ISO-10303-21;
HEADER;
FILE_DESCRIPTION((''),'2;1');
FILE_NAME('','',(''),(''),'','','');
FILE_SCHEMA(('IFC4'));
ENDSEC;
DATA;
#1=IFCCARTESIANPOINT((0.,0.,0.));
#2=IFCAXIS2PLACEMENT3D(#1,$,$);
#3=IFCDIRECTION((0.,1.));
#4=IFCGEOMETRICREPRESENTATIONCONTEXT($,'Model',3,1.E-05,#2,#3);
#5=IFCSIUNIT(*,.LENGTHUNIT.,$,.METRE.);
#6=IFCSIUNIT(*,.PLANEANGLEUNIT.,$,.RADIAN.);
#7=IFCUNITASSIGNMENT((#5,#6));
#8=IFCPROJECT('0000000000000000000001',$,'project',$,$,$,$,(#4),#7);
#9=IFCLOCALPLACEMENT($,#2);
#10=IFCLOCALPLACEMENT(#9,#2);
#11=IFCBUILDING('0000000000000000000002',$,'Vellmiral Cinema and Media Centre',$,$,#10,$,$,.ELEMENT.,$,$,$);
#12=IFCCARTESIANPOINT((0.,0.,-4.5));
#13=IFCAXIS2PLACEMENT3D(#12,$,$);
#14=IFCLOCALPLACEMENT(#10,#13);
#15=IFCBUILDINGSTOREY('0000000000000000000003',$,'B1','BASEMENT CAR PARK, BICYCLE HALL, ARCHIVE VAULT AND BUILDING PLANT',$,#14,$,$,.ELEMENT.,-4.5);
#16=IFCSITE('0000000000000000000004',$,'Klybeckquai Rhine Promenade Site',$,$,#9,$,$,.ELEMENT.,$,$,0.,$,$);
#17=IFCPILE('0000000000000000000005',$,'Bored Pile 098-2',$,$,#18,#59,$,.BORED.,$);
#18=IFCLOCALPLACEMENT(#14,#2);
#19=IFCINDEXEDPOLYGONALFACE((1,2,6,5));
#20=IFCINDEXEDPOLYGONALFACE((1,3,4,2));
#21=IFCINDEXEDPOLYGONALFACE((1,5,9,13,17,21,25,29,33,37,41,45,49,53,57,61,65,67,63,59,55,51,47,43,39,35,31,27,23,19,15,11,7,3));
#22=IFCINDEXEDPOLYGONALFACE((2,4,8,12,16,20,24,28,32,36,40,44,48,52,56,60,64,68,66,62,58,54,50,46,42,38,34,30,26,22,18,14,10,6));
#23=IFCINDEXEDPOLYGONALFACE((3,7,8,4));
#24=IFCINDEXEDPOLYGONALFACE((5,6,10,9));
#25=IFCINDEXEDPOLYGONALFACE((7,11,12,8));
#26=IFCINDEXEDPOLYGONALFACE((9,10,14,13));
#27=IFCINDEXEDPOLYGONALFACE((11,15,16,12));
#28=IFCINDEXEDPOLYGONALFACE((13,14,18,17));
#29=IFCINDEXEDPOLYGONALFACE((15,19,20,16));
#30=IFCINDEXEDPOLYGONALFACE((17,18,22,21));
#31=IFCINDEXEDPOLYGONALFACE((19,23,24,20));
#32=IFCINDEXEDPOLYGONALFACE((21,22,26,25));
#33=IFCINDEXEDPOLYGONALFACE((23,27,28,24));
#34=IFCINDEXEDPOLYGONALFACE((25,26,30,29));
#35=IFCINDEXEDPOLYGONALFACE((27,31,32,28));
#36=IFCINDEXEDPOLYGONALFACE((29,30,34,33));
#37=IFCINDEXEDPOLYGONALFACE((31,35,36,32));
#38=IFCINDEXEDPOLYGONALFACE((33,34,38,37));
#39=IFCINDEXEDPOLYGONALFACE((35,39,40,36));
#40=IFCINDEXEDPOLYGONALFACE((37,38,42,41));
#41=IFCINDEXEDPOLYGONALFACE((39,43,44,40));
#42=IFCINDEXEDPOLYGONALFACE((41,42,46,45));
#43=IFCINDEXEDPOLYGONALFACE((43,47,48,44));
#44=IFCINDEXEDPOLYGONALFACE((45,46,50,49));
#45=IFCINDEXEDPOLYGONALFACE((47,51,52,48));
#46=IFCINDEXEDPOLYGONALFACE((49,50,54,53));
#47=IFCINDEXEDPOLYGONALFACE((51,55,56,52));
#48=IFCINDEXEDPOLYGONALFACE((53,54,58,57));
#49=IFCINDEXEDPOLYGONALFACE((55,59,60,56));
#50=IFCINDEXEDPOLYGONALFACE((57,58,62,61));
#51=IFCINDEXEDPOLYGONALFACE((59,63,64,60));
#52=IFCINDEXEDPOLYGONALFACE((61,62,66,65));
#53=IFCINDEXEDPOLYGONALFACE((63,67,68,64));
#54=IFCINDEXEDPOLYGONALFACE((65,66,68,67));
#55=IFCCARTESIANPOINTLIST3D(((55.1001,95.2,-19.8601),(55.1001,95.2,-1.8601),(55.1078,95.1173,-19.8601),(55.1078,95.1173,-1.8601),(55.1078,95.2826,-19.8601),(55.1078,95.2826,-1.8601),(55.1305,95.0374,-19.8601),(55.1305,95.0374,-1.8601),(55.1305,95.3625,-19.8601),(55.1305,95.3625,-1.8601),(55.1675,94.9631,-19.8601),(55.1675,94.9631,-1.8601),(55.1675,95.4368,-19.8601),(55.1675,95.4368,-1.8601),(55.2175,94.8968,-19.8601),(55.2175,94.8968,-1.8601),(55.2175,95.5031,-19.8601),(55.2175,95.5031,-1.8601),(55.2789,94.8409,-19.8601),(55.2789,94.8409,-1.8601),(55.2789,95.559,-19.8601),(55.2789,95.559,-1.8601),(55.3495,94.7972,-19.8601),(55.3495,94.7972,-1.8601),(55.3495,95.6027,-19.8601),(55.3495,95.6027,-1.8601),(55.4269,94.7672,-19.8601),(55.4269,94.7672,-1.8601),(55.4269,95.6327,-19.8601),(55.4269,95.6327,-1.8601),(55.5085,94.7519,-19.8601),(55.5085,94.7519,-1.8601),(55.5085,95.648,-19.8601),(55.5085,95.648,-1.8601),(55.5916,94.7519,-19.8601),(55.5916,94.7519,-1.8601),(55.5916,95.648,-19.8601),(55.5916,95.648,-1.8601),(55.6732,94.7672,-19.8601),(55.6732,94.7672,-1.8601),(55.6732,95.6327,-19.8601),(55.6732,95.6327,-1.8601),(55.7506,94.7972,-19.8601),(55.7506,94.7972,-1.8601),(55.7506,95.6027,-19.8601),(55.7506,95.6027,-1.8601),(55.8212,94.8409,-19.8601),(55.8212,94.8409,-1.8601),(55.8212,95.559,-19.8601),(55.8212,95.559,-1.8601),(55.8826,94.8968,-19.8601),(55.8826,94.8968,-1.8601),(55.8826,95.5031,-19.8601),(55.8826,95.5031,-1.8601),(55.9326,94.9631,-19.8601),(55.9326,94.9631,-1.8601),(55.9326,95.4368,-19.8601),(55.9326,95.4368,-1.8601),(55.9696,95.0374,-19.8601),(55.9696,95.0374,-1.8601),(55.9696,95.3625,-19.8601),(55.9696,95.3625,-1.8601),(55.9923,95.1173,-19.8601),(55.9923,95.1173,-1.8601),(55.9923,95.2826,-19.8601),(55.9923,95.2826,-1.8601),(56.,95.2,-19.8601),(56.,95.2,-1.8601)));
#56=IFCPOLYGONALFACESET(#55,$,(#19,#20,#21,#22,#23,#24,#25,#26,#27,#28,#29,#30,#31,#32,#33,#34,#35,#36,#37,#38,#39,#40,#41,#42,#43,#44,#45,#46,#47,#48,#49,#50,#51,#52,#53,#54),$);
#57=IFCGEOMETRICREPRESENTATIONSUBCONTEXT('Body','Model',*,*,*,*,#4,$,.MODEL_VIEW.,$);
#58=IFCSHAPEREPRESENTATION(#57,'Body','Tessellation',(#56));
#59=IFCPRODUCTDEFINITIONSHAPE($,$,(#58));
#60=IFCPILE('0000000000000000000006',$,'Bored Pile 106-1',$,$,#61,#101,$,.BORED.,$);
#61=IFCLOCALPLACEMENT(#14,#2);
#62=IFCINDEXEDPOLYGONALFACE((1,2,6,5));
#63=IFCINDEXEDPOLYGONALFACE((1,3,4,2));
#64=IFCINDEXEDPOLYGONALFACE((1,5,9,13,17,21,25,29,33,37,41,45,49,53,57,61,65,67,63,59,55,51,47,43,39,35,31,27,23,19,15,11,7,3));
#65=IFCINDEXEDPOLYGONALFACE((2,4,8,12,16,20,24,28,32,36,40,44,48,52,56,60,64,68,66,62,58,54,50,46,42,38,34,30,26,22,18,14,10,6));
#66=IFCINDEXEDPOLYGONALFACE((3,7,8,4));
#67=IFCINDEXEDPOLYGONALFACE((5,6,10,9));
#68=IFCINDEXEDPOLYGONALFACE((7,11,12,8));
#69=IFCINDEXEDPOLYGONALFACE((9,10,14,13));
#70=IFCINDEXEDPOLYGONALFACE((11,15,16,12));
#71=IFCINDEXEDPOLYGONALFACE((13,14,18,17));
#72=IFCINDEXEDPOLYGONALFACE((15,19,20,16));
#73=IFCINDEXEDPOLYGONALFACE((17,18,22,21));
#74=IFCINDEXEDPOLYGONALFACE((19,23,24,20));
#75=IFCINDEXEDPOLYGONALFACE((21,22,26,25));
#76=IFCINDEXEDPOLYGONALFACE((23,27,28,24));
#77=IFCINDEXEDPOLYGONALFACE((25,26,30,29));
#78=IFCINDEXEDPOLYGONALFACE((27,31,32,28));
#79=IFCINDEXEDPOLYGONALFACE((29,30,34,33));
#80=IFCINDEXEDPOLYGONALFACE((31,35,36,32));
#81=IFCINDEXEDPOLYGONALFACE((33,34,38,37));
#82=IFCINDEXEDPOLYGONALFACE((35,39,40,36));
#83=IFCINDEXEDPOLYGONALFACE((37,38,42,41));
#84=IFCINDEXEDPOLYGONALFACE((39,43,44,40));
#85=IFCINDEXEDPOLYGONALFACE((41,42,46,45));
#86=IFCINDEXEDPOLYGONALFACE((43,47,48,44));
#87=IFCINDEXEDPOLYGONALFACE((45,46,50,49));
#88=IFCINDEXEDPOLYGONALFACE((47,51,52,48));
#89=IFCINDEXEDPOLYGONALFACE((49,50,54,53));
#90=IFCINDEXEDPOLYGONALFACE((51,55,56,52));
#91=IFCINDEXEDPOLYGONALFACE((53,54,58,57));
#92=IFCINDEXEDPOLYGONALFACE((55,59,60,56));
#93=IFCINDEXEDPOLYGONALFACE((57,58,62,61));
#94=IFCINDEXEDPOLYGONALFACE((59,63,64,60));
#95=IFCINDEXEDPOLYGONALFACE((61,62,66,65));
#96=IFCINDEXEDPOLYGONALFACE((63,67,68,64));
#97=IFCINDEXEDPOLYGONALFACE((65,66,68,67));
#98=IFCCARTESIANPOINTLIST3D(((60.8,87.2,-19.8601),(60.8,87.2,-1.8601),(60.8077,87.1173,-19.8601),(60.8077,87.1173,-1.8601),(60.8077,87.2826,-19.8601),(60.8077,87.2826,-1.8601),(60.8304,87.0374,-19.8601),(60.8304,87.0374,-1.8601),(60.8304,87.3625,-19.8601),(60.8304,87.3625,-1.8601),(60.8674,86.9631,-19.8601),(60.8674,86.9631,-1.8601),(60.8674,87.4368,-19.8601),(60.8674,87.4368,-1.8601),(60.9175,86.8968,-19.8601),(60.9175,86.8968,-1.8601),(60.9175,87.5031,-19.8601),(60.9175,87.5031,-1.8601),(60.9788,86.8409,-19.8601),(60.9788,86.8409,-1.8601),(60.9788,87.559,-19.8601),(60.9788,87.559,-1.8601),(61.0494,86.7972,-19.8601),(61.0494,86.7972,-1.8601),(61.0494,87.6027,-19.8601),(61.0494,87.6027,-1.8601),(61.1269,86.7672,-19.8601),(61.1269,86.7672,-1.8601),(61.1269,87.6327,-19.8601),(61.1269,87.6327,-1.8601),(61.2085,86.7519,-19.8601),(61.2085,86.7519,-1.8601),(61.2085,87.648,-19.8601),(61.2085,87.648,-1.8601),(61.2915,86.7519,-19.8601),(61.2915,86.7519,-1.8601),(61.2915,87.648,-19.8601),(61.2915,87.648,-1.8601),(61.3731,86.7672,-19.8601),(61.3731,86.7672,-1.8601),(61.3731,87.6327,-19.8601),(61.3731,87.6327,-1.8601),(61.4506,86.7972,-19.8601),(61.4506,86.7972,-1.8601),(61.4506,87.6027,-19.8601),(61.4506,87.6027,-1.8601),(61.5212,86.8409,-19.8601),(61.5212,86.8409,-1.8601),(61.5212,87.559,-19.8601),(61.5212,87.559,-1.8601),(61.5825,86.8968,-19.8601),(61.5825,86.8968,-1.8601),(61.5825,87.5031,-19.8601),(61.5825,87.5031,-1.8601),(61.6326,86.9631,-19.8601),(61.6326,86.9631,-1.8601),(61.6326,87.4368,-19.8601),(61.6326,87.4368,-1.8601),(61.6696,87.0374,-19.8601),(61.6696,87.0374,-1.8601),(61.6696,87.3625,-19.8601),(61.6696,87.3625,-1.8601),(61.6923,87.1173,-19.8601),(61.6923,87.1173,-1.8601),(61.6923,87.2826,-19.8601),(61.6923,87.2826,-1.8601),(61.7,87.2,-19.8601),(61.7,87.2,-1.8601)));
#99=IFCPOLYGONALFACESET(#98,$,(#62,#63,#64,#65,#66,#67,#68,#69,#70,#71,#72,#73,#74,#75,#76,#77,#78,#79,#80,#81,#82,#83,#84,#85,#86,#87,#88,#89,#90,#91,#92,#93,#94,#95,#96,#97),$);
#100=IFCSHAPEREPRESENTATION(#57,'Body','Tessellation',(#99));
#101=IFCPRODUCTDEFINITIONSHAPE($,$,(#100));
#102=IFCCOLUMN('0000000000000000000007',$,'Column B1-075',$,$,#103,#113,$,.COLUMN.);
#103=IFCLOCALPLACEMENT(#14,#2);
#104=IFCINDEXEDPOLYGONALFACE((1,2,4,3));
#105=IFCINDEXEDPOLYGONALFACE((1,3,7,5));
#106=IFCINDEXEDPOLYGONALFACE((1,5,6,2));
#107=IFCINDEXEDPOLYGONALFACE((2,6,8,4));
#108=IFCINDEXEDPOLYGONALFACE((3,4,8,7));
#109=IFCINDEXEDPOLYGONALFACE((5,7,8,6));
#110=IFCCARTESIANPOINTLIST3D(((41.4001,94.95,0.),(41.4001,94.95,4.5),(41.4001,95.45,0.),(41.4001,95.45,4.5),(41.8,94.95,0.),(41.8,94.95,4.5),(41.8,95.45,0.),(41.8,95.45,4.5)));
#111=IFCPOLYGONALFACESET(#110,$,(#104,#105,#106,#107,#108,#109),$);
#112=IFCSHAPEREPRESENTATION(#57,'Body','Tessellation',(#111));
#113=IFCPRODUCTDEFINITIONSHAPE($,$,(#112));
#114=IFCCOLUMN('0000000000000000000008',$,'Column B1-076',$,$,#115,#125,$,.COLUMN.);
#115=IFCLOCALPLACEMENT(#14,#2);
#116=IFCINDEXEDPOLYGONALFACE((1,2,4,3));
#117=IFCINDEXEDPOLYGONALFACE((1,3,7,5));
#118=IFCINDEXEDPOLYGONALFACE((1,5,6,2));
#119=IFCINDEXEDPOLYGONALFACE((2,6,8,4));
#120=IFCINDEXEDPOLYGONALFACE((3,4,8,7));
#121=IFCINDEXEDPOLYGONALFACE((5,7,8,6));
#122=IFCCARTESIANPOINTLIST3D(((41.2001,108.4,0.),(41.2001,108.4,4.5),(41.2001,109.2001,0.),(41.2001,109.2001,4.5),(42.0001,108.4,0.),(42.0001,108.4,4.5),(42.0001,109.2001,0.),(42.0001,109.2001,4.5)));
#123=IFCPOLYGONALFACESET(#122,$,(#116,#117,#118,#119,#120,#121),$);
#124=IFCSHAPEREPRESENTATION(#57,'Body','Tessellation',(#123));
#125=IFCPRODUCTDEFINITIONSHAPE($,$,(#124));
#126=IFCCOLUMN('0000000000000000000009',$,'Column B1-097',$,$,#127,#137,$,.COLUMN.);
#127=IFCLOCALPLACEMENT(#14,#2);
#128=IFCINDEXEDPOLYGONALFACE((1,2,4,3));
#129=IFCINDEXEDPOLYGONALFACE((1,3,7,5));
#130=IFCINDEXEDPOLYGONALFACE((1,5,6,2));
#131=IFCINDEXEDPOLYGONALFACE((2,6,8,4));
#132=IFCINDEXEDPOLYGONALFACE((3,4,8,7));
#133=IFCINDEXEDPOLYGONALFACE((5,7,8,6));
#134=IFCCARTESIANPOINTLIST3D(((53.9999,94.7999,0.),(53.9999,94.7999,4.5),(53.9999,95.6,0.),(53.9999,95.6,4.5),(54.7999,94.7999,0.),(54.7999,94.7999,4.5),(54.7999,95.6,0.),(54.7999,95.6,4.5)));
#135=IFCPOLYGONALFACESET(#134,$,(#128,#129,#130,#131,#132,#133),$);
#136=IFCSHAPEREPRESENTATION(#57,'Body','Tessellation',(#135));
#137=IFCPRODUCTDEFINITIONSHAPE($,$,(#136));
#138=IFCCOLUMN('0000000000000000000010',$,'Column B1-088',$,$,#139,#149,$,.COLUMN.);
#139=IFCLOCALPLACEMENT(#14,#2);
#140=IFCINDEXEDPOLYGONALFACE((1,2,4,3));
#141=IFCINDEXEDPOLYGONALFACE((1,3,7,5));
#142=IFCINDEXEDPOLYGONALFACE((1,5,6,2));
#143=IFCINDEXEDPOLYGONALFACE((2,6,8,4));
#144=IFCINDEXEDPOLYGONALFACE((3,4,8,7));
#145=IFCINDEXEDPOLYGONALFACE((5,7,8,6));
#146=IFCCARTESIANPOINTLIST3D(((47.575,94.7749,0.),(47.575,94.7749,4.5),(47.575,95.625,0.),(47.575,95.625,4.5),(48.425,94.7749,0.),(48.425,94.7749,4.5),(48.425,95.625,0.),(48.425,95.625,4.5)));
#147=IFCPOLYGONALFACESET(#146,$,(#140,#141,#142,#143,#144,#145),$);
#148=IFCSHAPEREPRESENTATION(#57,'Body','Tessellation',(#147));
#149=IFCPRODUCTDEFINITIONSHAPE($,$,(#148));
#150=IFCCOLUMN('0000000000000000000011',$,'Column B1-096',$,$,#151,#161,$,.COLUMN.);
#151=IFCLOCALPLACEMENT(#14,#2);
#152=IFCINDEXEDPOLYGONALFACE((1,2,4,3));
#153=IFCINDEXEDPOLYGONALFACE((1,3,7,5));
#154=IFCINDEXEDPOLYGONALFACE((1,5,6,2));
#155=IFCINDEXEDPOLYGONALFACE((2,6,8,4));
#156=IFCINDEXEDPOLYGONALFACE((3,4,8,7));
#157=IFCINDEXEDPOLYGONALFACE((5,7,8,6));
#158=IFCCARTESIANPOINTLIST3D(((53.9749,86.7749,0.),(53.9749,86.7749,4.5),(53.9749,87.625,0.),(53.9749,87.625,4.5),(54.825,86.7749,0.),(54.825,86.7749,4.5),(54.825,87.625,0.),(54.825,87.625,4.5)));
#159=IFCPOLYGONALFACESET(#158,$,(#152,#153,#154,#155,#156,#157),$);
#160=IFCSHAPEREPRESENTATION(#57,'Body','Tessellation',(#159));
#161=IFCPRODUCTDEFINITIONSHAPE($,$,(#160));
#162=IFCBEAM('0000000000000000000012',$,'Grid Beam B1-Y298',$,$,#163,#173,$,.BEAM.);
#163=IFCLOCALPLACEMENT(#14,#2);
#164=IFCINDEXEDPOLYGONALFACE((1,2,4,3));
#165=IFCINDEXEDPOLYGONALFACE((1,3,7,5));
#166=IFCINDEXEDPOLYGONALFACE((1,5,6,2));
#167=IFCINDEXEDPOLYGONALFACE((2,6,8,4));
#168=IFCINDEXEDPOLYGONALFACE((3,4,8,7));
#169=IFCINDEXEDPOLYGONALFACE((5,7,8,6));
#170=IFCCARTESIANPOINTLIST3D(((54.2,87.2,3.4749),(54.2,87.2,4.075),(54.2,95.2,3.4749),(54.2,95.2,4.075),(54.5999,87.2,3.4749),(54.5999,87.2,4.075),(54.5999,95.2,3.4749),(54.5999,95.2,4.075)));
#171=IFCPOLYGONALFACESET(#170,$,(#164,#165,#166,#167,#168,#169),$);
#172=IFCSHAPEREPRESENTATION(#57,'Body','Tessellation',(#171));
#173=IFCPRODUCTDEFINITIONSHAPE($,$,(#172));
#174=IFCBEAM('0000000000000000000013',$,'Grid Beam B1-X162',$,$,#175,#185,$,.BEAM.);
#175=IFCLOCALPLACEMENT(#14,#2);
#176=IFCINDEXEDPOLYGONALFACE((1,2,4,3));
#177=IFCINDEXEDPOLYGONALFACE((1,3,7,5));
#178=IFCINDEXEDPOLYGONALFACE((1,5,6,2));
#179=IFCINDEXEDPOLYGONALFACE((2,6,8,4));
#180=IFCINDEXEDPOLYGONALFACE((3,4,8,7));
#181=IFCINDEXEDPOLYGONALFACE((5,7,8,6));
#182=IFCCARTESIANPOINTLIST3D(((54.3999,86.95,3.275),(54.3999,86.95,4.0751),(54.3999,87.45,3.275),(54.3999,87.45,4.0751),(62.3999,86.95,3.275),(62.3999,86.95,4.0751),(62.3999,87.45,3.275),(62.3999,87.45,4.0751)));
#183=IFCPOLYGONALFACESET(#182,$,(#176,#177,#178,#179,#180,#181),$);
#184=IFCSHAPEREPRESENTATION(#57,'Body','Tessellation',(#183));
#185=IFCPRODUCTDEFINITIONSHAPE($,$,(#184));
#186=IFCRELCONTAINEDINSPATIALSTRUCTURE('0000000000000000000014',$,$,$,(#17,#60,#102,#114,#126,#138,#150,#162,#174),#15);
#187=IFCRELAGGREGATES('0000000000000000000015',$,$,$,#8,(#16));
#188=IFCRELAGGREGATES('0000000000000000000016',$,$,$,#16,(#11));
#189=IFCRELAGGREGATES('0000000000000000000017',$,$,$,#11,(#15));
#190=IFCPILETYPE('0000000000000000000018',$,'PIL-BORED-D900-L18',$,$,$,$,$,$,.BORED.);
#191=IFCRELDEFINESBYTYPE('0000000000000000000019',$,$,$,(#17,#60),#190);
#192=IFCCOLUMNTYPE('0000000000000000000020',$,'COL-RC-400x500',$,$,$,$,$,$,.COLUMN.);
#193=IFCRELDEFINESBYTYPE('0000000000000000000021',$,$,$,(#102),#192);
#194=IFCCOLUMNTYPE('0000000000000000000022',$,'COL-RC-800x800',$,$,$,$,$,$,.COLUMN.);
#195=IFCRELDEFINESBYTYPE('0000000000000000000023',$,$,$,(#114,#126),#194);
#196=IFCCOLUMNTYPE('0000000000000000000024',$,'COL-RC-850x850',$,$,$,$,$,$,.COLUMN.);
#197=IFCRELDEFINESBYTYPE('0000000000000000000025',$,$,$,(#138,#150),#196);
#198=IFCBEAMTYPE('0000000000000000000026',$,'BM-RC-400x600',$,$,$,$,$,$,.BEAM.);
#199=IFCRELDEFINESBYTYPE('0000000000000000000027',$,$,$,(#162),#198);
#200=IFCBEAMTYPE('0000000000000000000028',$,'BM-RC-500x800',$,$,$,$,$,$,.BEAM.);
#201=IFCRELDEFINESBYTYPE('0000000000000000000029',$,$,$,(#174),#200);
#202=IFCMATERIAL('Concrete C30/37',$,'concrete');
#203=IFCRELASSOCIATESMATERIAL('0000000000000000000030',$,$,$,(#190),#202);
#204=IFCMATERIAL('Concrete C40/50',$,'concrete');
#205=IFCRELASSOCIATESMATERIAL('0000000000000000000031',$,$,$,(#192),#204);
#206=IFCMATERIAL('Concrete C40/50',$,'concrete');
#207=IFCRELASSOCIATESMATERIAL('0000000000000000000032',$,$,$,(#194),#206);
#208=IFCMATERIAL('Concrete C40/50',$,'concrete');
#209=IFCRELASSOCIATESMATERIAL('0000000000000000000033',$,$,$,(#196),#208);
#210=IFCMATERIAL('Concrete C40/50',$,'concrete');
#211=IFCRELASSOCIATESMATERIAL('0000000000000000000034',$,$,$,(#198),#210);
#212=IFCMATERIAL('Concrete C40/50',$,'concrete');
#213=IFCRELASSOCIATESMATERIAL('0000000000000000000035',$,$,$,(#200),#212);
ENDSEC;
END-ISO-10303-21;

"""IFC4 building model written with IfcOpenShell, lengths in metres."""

from ifc_helpers import new_model, si_unit, direction, frame, origin, origin_2d, place, context, subcontext, project, spatial, rectangle, circle, extrude, material, material_profile, profile_set, type_object, element, save


model = new_model("IFC4")

# Units and contexts
model_context = context("Model", 3, precision=1e-05, world=origin(), true_north=direction((0.0, 1.0)))
body_context = subcontext(model_context, "Body", "Model", "MODEL_VIEW")
ifc_project = project(units=[si_unit("LENGTHUNIT", "METRE"), si_unit("PLANEANGLEUNIT", "RADIAN")], contexts=[model_context])

# Site, building, storey
site_placement = place(None, origin())
site = spatial("IfcSite", under=ifc_project, at=site_placement, Name="Klybeckquai Rhine Promenade Site", CompositionType="ELEMENT", RefElevation=0.0)
building_placement = place(site_placement, origin())
building = spatial("IfcBuilding", under=site, at=building_placement, Name="Vellmiral Cinema and Media Centre", CompositionType="ELEMENT")
storey_placement = place(building_placement, frame((0.0, 0.0, -4.5)))
storey = spatial("IfcBuildingStorey", under=building, at=storey_placement, Name="B1", Description="BASEMENT CAR PARK, BICYCLE HALL, ARCHIVE VAULT AND BUILDING PLANT", CompositionType="ELEMENT", Elevation=-4.5)

# Piles
ifc_material_1 = material(Name="Concrete C30/37", Category="concrete")
ifc_material_profile_1 = material_profile(ifc_material_1, circle(Radius=0.45, at=origin_2d()), Name="PILE D900")
ifc_profile_set_1 = profile_set([ifc_material_profile_1], Name="Concrete C30/37")
pile_type_1 = type_object("IfcPileType", Name="PIL-BORED-D900-L18", PredefinedType="BORED", material=ifc_profile_set_1)
for number, where, z_axis, x_axis, name in (
    (1, (55.55, 95.2, -1.8601), (0.0, 0.0, -1.0), (1.0, 0.0, 0.0), "Bored Pile 098-2"),
    (2, (61.25, 87.2, -1.8601), (0.0, 0.0, -1.0), (1.0, 0.0, 0.0), "Bored Pile 106-1"),
):
    element("IfcPile", number, at=place(storey_placement, frame(where, z_axis=z_axis, x_axis=x_axis)), inside=storey, type_object=pile_type_1, Name=name, PredefinedType="BORED", context=body_context, shape_type="SweptSolid", body=[
        extrude(circle(Radius=0.45, at=origin_2d()), origin(), (0.0, 0.0, 1.0), 18.0),
    ])

# Columns
ifc_material_2 = material(Name="Concrete C40/50", Category="concrete")
ifc_material_profile_2 = material_profile(ifc_material_2, rectangle(XDim=0.3999, YDim=0.5, at=origin_2d()), Name="RC 400x500")
ifc_profile_set_2 = profile_set([ifc_material_profile_2], Name="Concrete C40/50")
column_type_1 = type_object("IfcColumnType", Name="COL-RC-400x500", PredefinedType="COLUMN", material=ifc_profile_set_2)
column_placement = place(storey_placement, frame((41.6001, 95.2, 0.0), z_axis=(0.0, 0.0, 1.0), x_axis=(1.0, 0.0, 0.0)))
element("IfcColumn", 3, at=column_placement, inside=storey, type_object=column_type_1, Name="Column B1-075", PredefinedType="COLUMN", context=body_context, shape_type="SweptSolid", body=[
    extrude(rectangle(XDim=0.3999, YDim=0.5, at=origin_2d()), origin(), (0.0, 0.0, 1.0), 4.5),
])
ifc_material_3 = material(Name="Concrete C40/50", Category="concrete")
ifc_material_profile_3 = material_profile(ifc_material_3, rectangle(XDim=0.8, YDim=0.8, at=origin_2d()), Name="RC 800x800")
ifc_profile_set_3 = profile_set([ifc_material_profile_3], Name="Concrete C40/50")
column_type_2 = type_object("IfcColumnType", Name="COL-RC-800x800", PredefinedType="COLUMN", material=ifc_profile_set_3)
for number, where, z_axis, x_axis, name in (
    (4, (41.6001, 108.8, 0.0), (0.0, 0.0, 1.0), (1.0, 0.0, 0.0), "Column B1-076"),
    (5, (54.3999, 95.2, 0.0), (0.0, 0.0, 1.0), (1.0, 0.0, 0.0), "Column B1-097"),
):
    element("IfcColumn", number, at=place(storey_placement, frame(where, z_axis=z_axis, x_axis=x_axis)), inside=storey, type_object=column_type_2, Name=name, PredefinedType="COLUMN", context=body_context, shape_type="SweptSolid", body=[
        extrude(rectangle(XDim=0.8, YDim=0.8, at=origin_2d()), origin(), (0.0, 0.0, 1.0), 4.5),
    ])
ifc_material_4 = material(Name="Concrete C40/50", Category="concrete")
ifc_material_profile_4 = material_profile(ifc_material_4, rectangle(XDim=0.8501, YDim=0.8501, at=origin_2d()), Name="RC 850x850")
ifc_profile_set_4 = profile_set([ifc_material_profile_4], Name="Concrete C40/50")
column_type_3 = type_object("IfcColumnType", Name="COL-RC-850x850", PredefinedType="COLUMN", material=ifc_profile_set_4)
for number, where, z_axis, x_axis, name in (
    (6, (48.0, 95.2, 0.0), (0.0, 0.0, 1.0), (1.0, 0.0, 0.0), "Column B1-088"),
    (7, (54.3999, 87.2, 0.0), (0.0, 0.0, 1.0), (1.0, 0.0, 0.0), "Column B1-096"),
):
    element("IfcColumn", number, at=place(storey_placement, frame(where, z_axis=z_axis, x_axis=x_axis)), inside=storey, type_object=column_type_3, Name=name, PredefinedType="COLUMN", context=body_context, shape_type="SweptSolid", body=[
        extrude(rectangle(XDim=0.8501, YDim=0.8501, at=origin_2d()), origin(), (0.0, 0.0, 1.0), 4.5),
    ])

# Beams
ifc_material_5 = material(Name="Concrete C40/50", Category="concrete")
ifc_material_profile_5 = material_profile(ifc_material_5, rectangle(XDim=0.3999, YDim=0.6001, at=origin_2d()), Name="RC 400x600")
ifc_profile_set_5 = profile_set([ifc_material_profile_5], Name="Concrete C40/50")
beam_type_1 = type_object("IfcBeamType", Name="BM-RC-400x600", PredefinedType="BEAM", material=ifc_profile_set_5)
beam_1_placement = place(storey_placement, frame((54.3999, 87.2, 3.7749), z_axis=(0.0, 1.0, 0.0), x_axis=(-1.0, 0.0, 0.0)))
element("IfcBeam", 8, at=beam_1_placement, inside=storey, type_object=beam_type_1, Name="Grid Beam B1-Y298", PredefinedType="BEAM", context=body_context, shape_type="SweptSolid", body=[
    extrude(rectangle(XDim=0.3999, YDim=0.6001, at=origin_2d()), origin(), (0.0, 0.0, 1.0), 8.0),
])
ifc_material_6 = material(Name="Concrete C40/50", Category="concrete")
ifc_material_profile_6 = material_profile(ifc_material_6, rectangle(XDim=0.5, YDim=0.8, at=origin_2d()), Name="RC 500x800")
ifc_profile_set_6 = profile_set([ifc_material_profile_6], Name="Concrete C40/50")
beam_type_2 = type_object("IfcBeamType", Name="BM-RC-500x800", PredefinedType="BEAM", material=ifc_profile_set_6)
beam_2_placement = place(storey_placement, frame((54.3999, 87.2, 3.675), z_axis=(1.0, 0.0, 0.0), x_axis=(0.0, 1.0, 0.0)))
element("IfcBeam", 9, at=beam_2_placement, inside=storey, type_object=beam_type_2, Name="Grid Beam B1-X162", PredefinedType="BEAM", context=body_context, shape_type="SweptSolid", body=[
    extrude(rectangle(XDim=0.5, YDim=0.8, at=origin_2d()), origin(), (0.0, 0.0, 1.0), 8.0),
])

save(model, "model.ifc")
